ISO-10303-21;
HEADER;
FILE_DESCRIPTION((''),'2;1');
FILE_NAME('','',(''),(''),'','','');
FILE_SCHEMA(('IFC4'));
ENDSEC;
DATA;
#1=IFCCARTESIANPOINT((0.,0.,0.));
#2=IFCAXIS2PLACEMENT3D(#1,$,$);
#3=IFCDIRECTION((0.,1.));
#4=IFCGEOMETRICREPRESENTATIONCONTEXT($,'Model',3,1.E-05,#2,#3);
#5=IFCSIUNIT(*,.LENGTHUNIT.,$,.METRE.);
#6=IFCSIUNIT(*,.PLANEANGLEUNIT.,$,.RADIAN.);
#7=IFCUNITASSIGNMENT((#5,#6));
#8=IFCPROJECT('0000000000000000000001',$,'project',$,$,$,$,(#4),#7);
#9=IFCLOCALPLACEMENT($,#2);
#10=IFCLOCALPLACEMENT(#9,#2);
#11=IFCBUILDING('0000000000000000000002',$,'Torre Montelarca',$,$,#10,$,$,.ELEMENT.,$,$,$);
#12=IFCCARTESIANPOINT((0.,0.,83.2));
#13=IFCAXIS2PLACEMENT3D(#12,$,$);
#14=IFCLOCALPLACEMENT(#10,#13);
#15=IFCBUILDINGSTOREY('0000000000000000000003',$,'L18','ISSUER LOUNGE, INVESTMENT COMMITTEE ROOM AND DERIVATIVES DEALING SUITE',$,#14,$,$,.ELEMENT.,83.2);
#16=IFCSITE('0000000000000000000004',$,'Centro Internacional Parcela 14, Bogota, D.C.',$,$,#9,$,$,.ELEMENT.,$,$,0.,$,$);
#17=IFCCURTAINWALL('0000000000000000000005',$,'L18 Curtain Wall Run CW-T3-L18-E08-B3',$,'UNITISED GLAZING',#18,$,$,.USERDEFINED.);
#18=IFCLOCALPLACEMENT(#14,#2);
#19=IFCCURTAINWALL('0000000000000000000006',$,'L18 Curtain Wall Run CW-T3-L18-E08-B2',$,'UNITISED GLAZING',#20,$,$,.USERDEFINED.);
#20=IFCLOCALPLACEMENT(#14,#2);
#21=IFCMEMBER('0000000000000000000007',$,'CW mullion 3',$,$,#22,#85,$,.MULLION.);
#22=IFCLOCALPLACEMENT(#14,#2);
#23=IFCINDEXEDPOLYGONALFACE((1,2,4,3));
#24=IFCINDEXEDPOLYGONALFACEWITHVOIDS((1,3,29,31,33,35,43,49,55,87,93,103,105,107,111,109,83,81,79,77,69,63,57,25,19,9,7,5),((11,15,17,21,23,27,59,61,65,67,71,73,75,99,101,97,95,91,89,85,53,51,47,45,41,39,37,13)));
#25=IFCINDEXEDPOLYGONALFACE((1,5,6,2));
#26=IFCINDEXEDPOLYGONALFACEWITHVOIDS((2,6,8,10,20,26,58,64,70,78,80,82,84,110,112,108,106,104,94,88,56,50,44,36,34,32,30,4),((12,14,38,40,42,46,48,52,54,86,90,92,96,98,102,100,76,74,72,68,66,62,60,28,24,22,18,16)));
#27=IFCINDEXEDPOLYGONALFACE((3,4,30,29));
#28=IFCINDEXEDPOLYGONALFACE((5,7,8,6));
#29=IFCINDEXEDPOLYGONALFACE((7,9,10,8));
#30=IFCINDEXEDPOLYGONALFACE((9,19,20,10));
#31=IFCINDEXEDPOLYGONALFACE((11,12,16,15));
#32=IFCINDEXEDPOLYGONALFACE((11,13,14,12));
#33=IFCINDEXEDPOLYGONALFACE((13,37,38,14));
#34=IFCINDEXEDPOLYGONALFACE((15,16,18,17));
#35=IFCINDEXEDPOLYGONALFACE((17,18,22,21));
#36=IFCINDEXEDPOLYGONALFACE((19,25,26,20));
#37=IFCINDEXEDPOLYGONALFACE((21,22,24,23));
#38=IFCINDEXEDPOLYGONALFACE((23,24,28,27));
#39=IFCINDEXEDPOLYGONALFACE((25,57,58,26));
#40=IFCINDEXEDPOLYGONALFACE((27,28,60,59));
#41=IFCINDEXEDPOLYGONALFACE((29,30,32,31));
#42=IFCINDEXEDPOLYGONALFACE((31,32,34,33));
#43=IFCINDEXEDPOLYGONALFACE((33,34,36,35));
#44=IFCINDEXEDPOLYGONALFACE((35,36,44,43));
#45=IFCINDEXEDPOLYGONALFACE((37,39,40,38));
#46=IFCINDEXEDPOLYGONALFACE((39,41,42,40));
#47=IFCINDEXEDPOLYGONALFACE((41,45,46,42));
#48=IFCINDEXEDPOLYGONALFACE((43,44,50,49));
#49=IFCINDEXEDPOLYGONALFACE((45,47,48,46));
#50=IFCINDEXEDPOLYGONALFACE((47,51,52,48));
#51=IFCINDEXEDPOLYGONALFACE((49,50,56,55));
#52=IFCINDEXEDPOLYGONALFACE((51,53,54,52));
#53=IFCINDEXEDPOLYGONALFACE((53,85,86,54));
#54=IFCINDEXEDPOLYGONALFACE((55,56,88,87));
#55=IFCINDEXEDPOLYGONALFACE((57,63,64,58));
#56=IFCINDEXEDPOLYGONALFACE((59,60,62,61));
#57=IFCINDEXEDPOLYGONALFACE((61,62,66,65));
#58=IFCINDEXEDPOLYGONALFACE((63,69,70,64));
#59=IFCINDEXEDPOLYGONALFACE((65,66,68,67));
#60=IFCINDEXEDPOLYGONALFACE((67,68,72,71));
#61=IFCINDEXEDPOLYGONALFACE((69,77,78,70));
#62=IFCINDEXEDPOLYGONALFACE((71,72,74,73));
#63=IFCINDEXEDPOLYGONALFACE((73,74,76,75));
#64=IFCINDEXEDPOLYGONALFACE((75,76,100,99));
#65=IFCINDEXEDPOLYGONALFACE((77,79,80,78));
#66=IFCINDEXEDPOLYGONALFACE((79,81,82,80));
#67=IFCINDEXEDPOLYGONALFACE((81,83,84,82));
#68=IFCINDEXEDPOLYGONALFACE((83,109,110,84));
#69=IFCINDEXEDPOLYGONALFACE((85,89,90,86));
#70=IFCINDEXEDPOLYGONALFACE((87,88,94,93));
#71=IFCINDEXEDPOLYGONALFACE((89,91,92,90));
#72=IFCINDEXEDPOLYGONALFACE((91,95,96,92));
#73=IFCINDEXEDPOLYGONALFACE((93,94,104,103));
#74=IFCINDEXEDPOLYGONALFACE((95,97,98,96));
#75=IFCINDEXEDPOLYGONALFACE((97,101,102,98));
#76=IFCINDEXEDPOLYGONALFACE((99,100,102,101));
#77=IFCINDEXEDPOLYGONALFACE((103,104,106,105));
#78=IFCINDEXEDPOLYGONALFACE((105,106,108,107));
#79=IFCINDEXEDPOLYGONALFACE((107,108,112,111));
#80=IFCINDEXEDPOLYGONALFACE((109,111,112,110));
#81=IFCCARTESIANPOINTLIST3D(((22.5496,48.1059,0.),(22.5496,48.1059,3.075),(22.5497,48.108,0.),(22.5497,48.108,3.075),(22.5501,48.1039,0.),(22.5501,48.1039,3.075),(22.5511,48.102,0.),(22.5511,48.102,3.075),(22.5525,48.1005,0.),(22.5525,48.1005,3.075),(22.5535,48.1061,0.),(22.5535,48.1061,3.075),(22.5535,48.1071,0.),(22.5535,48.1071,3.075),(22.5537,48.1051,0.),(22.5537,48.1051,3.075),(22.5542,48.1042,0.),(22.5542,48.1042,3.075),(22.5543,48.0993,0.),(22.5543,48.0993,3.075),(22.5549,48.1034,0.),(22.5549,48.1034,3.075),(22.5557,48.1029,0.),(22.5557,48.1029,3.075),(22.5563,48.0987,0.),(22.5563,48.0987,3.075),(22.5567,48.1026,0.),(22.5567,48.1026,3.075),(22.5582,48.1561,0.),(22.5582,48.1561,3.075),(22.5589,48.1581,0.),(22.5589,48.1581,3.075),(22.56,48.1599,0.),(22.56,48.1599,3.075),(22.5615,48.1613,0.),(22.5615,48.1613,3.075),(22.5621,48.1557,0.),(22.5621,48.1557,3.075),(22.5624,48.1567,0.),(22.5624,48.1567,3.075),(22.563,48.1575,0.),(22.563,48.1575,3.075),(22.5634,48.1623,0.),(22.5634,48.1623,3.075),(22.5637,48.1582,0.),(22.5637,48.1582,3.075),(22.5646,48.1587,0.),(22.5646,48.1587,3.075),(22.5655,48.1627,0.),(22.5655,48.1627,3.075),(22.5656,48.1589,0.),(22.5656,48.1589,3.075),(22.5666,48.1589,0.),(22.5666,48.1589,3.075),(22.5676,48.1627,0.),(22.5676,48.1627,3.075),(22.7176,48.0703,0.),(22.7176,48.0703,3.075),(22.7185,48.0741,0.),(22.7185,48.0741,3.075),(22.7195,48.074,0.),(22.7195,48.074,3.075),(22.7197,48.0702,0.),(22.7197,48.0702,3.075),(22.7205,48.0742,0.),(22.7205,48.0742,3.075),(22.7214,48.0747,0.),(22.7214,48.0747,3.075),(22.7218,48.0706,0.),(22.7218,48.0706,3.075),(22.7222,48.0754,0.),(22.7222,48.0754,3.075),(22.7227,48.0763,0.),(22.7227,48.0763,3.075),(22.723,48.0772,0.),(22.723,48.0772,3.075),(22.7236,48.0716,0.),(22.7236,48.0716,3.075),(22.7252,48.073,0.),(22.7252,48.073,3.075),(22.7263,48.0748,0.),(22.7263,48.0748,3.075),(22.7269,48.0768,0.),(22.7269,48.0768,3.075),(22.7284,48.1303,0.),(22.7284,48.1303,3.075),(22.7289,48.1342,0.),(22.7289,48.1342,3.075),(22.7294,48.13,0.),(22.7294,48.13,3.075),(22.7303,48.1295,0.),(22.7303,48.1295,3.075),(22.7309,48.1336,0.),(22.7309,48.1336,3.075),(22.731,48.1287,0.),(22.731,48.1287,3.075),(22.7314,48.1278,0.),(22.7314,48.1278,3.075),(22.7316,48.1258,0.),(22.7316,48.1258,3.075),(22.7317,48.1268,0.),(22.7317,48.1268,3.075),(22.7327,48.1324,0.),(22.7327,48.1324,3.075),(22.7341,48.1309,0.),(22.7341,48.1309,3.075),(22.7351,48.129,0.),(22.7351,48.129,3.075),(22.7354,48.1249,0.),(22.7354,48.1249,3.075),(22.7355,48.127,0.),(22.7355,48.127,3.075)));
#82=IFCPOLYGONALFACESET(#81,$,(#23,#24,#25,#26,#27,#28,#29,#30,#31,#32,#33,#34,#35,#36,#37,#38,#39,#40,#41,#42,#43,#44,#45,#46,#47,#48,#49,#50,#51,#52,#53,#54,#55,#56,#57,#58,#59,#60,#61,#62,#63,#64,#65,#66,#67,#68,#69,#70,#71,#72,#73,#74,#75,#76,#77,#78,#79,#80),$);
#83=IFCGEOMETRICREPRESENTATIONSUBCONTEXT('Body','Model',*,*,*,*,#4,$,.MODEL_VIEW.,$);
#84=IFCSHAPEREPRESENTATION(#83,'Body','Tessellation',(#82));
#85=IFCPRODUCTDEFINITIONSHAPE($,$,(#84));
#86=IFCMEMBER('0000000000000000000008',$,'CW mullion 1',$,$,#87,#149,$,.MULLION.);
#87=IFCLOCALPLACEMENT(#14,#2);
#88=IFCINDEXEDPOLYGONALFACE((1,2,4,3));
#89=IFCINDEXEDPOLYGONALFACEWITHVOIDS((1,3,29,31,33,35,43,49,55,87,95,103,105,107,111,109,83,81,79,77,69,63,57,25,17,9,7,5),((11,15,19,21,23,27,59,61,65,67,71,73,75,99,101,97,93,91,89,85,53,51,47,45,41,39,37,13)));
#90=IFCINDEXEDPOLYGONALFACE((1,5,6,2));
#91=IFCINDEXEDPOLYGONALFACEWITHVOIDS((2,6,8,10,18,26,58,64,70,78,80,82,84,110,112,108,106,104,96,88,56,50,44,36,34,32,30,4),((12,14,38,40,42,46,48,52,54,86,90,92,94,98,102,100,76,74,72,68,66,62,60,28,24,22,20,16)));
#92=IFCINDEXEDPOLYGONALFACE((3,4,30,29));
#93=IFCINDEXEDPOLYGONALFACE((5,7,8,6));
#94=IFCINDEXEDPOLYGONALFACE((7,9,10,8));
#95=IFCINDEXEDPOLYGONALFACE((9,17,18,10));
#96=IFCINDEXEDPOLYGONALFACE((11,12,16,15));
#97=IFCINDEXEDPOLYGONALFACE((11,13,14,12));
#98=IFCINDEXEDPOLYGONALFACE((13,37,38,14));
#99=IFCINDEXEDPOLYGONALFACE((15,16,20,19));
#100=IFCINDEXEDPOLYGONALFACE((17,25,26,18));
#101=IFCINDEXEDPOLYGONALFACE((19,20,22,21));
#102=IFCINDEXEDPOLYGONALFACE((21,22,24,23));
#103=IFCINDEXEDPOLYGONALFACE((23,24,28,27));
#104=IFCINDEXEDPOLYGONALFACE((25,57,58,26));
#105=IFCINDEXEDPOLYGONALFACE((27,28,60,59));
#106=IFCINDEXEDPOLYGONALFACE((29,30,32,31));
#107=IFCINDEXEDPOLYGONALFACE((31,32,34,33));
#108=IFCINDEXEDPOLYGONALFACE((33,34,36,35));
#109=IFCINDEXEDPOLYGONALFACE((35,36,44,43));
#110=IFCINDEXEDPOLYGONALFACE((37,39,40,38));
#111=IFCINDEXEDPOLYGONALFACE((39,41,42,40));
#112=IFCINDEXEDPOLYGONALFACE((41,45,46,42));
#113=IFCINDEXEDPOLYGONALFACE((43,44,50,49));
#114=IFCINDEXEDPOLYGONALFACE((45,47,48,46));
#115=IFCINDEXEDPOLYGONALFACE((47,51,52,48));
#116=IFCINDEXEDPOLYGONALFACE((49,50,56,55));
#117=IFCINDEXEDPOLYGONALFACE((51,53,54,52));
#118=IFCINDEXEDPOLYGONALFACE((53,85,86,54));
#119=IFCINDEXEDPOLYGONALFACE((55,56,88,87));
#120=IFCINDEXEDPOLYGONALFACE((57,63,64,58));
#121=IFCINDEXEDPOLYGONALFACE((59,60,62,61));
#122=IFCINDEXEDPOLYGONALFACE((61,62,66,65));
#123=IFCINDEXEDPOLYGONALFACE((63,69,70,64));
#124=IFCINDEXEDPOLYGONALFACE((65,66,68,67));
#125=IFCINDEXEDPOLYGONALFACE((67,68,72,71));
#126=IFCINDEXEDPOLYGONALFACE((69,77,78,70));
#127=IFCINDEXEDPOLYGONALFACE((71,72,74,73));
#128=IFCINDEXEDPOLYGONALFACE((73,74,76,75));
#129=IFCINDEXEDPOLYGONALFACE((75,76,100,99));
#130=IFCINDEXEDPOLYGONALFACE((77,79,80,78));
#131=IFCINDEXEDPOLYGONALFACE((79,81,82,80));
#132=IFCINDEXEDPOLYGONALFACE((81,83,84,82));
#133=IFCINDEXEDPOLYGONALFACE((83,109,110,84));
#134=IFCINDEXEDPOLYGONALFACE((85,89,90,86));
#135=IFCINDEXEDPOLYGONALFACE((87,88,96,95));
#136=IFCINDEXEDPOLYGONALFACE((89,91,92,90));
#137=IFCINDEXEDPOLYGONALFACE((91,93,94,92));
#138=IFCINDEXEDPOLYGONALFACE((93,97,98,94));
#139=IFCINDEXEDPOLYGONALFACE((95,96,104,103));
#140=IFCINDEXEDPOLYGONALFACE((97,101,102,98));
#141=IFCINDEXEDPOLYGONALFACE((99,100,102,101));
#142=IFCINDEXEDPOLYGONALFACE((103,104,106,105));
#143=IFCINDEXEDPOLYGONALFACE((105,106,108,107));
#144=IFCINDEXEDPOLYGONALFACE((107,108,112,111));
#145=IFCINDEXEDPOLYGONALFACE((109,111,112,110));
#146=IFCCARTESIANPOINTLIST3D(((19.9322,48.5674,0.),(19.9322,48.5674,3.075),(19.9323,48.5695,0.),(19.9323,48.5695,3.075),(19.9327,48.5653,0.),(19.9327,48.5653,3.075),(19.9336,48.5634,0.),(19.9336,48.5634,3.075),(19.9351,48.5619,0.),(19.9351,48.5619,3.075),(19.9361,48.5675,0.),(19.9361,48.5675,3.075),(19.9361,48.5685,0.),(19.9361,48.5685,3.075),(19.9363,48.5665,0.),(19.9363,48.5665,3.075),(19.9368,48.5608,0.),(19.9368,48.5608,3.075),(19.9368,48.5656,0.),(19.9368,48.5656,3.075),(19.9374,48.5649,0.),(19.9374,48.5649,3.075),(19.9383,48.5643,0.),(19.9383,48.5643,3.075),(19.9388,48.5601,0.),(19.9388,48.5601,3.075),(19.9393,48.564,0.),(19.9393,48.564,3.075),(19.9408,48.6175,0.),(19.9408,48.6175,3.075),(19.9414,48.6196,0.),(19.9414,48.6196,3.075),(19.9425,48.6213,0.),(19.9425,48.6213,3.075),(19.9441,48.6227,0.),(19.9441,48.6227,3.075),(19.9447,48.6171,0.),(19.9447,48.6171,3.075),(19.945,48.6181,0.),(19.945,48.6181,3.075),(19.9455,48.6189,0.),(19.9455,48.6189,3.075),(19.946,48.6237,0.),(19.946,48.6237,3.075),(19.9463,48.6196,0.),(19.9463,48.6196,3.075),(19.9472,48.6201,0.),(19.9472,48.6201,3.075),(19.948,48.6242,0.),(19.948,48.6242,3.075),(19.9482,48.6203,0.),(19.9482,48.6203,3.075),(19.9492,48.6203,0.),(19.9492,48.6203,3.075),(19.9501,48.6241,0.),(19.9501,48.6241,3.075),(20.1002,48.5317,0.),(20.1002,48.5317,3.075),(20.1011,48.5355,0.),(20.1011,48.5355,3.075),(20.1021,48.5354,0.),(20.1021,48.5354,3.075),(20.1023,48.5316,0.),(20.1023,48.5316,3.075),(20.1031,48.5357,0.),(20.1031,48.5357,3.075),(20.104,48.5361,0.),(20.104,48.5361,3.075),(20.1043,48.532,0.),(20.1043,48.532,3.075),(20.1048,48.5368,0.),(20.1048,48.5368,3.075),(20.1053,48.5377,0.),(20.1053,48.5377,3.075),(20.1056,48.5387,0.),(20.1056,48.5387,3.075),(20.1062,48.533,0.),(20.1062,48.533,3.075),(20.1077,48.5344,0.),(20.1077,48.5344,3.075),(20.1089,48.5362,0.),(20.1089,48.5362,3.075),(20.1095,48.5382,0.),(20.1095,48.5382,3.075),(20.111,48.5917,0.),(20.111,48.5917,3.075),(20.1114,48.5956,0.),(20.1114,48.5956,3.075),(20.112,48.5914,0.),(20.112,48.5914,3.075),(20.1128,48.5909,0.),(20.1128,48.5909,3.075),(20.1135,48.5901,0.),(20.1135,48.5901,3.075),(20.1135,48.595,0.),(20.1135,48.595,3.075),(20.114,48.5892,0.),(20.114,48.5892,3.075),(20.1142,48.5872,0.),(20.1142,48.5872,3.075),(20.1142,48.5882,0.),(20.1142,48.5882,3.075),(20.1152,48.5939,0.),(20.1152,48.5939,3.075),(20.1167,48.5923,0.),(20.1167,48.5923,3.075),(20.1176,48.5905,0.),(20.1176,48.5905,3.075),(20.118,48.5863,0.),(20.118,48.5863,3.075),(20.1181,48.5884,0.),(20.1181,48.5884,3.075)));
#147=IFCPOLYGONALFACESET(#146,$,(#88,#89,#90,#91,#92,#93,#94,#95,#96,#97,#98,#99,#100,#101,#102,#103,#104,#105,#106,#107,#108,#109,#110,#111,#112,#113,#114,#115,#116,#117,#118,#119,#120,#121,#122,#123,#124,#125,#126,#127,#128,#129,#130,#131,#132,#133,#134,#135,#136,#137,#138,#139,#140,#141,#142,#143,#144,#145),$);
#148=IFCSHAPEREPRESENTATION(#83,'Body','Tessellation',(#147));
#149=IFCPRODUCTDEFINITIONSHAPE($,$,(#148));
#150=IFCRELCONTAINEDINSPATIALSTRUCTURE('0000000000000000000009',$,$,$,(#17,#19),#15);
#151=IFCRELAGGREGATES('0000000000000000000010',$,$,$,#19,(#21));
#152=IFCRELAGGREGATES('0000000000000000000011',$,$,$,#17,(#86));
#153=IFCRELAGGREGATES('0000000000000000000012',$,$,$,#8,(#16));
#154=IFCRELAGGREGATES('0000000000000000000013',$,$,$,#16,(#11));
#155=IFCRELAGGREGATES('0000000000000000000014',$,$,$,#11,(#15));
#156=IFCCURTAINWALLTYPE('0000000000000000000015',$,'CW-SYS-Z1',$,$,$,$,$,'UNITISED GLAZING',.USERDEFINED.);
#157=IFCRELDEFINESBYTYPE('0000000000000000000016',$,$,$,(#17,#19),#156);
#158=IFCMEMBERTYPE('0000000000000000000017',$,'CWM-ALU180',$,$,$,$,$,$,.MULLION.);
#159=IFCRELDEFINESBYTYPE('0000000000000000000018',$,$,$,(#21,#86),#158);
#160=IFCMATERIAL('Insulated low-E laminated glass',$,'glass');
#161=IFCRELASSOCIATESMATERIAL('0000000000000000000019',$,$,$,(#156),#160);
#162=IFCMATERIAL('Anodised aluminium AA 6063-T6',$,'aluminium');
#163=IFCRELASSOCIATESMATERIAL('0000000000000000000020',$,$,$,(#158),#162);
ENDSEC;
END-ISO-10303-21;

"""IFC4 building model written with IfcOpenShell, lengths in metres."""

from ifc_helpers import new_model, si_unit, direction, frame, origin, origin_2d, place, context, subcontext, project, spatial, hollow_rectangle, extrude, source, transform, mapped, material, material_profile, profile_set, type_object, element, aggregate, save


model = new_model("IFC4")

# Units and contexts
model_context = context("Model", 3, precision=1e-05, world=origin(), true_north=direction((0.0, 1.0)))
body_context = subcontext(model_context, "Body", "Model", "MODEL_VIEW")
ifc_project = project(units=[si_unit("LENGTHUNIT", "METRE"), si_unit("PLANEANGLEUNIT", "RADIAN")], contexts=[model_context])

# Site, building, storey
site_placement = place(None, origin())
site = spatial("IfcSite", under=ifc_project, at=site_placement, Name="Centro Internacional Parcela 14, Bogota, D.C.", CompositionType="ELEMENT", RefElevation=0.0)
building_placement = place(site_placement, origin())
building = spatial("IfcBuilding", under=site, at=building_placement, Name="Torre Montelarca", CompositionType="ELEMENT")
storey_placement = place(building_placement, frame((0.0, 0.0, 83.2)))
storey = spatial("IfcBuildingStorey", under=building, at=storey_placement, Name="L18", Description="ISSUER LOUNGE, INVESTMENT COMMITTEE ROOM AND DERIVATIVES DEALING SUITE", CompositionType="ELEMENT", Elevation=83.2)

# Curtain wall
ifc_material_1 = material(Name="Insulated low-E laminated glass", Category="glass")
curtain_wall_type = type_object("IfcCurtainWallType", Name="CW-SYS-Z1", ElementType="UNITISED GLAZING", PredefinedType="USERDEFINED", material=ifc_material_1)
ifc_material_2 = material(Name="Anodised aluminium AA 6063-T6", Category="aluminium")
curtain_wall_1_placement = place(storey_placement, origin())
curtain_wall_1 = element("IfcCurtainWall", 1, at=curtain_wall_1_placement, inside=storey, type_object=curtain_wall_type, Name="L18 Curtain Wall Run CW-T3-L18-E08-B3", ObjectType="UNITISED GLAZING", PredefinedType="USERDEFINED")

# Shared definitions
ifc_material_profile_1 = material_profile(ifc_material_2, hollow_rectangle(XDim=0.0649, YDim=0.1799, WallThickness=0.0039, InnerFilletRadius=0.0039, OuterFilletRadius=0.0081, at=origin_2d()), Name="ALU65X180X4", Category="aluminium")
ifc_profile_set_1 = profile_set([ifc_material_profile_1], Name="Anodised aluminium AA 6063-T6")
member_type_1 = type_object("IfcMemberType", Name="CWM-ALU180", PredefinedType="MULLION", material=ifc_profile_set_1)

# Curtain wall, member
curtain_wall_2_placement = place(storey_placement, origin())
curtain_wall_2 = element("IfcCurtainWall", 2, at=curtain_wall_2_placement, inside=storey, type_object=curtain_wall_type, Name="L18 Curtain Wall Run CW-T3-L18-E08-B2", ObjectType="UNITISED GLAZING", PredefinedType="USERDEFINED")
shared_shape_1 = source(origin(), body_context, "Body", "SweptSolid", [
    extrude(hollow_rectangle(XDim=0.0649, YDim=0.1799, WallThickness=0.0039, InnerFilletRadius=0.0039, OuterFilletRadius=0.0081, at=origin_2d()), origin(), (0.0, 0.0, 1.0), 3.075),
])
member_1_placement = place(storey_placement, frame((22.6426, 48.1165, 0.0), z_axis=(0.0, 0.0, 1.0), x_axis=(-0.173645, -0.984808, 0.0)))
member_1 = element("IfcMember", 3, at=member_1_placement, type_object=member_type_1, Name="CW mullion 3", PredefinedType="MULLION", context=body_context, shape_type="MappedRepresentation", body=[
    mapped(shared_shape_1, transform((0.0, 0.0, 0.0), scale=1.0)),
])
aggregate(curtain_wall_2, [member_1])

# Member
member_2_placement = place(storey_placement, frame((20.0251, 48.5779, 0.0), z_axis=(0.0, 0.0, 1.0), x_axis=(-0.173647, -0.984808, 0.0)))
member_2 = element("IfcMember", 4, at=member_2_placement, type_object=member_type_1, Name="CW mullion 1", PredefinedType="MULLION", context=body_context, shape_type="MappedRepresentation", body=[
    mapped(shared_shape_1, transform((0.0, 0.0, 0.0), scale=1.0)),
])

aggregate(curtain_wall_1, [member_2])

save(model, "model.ifc")
